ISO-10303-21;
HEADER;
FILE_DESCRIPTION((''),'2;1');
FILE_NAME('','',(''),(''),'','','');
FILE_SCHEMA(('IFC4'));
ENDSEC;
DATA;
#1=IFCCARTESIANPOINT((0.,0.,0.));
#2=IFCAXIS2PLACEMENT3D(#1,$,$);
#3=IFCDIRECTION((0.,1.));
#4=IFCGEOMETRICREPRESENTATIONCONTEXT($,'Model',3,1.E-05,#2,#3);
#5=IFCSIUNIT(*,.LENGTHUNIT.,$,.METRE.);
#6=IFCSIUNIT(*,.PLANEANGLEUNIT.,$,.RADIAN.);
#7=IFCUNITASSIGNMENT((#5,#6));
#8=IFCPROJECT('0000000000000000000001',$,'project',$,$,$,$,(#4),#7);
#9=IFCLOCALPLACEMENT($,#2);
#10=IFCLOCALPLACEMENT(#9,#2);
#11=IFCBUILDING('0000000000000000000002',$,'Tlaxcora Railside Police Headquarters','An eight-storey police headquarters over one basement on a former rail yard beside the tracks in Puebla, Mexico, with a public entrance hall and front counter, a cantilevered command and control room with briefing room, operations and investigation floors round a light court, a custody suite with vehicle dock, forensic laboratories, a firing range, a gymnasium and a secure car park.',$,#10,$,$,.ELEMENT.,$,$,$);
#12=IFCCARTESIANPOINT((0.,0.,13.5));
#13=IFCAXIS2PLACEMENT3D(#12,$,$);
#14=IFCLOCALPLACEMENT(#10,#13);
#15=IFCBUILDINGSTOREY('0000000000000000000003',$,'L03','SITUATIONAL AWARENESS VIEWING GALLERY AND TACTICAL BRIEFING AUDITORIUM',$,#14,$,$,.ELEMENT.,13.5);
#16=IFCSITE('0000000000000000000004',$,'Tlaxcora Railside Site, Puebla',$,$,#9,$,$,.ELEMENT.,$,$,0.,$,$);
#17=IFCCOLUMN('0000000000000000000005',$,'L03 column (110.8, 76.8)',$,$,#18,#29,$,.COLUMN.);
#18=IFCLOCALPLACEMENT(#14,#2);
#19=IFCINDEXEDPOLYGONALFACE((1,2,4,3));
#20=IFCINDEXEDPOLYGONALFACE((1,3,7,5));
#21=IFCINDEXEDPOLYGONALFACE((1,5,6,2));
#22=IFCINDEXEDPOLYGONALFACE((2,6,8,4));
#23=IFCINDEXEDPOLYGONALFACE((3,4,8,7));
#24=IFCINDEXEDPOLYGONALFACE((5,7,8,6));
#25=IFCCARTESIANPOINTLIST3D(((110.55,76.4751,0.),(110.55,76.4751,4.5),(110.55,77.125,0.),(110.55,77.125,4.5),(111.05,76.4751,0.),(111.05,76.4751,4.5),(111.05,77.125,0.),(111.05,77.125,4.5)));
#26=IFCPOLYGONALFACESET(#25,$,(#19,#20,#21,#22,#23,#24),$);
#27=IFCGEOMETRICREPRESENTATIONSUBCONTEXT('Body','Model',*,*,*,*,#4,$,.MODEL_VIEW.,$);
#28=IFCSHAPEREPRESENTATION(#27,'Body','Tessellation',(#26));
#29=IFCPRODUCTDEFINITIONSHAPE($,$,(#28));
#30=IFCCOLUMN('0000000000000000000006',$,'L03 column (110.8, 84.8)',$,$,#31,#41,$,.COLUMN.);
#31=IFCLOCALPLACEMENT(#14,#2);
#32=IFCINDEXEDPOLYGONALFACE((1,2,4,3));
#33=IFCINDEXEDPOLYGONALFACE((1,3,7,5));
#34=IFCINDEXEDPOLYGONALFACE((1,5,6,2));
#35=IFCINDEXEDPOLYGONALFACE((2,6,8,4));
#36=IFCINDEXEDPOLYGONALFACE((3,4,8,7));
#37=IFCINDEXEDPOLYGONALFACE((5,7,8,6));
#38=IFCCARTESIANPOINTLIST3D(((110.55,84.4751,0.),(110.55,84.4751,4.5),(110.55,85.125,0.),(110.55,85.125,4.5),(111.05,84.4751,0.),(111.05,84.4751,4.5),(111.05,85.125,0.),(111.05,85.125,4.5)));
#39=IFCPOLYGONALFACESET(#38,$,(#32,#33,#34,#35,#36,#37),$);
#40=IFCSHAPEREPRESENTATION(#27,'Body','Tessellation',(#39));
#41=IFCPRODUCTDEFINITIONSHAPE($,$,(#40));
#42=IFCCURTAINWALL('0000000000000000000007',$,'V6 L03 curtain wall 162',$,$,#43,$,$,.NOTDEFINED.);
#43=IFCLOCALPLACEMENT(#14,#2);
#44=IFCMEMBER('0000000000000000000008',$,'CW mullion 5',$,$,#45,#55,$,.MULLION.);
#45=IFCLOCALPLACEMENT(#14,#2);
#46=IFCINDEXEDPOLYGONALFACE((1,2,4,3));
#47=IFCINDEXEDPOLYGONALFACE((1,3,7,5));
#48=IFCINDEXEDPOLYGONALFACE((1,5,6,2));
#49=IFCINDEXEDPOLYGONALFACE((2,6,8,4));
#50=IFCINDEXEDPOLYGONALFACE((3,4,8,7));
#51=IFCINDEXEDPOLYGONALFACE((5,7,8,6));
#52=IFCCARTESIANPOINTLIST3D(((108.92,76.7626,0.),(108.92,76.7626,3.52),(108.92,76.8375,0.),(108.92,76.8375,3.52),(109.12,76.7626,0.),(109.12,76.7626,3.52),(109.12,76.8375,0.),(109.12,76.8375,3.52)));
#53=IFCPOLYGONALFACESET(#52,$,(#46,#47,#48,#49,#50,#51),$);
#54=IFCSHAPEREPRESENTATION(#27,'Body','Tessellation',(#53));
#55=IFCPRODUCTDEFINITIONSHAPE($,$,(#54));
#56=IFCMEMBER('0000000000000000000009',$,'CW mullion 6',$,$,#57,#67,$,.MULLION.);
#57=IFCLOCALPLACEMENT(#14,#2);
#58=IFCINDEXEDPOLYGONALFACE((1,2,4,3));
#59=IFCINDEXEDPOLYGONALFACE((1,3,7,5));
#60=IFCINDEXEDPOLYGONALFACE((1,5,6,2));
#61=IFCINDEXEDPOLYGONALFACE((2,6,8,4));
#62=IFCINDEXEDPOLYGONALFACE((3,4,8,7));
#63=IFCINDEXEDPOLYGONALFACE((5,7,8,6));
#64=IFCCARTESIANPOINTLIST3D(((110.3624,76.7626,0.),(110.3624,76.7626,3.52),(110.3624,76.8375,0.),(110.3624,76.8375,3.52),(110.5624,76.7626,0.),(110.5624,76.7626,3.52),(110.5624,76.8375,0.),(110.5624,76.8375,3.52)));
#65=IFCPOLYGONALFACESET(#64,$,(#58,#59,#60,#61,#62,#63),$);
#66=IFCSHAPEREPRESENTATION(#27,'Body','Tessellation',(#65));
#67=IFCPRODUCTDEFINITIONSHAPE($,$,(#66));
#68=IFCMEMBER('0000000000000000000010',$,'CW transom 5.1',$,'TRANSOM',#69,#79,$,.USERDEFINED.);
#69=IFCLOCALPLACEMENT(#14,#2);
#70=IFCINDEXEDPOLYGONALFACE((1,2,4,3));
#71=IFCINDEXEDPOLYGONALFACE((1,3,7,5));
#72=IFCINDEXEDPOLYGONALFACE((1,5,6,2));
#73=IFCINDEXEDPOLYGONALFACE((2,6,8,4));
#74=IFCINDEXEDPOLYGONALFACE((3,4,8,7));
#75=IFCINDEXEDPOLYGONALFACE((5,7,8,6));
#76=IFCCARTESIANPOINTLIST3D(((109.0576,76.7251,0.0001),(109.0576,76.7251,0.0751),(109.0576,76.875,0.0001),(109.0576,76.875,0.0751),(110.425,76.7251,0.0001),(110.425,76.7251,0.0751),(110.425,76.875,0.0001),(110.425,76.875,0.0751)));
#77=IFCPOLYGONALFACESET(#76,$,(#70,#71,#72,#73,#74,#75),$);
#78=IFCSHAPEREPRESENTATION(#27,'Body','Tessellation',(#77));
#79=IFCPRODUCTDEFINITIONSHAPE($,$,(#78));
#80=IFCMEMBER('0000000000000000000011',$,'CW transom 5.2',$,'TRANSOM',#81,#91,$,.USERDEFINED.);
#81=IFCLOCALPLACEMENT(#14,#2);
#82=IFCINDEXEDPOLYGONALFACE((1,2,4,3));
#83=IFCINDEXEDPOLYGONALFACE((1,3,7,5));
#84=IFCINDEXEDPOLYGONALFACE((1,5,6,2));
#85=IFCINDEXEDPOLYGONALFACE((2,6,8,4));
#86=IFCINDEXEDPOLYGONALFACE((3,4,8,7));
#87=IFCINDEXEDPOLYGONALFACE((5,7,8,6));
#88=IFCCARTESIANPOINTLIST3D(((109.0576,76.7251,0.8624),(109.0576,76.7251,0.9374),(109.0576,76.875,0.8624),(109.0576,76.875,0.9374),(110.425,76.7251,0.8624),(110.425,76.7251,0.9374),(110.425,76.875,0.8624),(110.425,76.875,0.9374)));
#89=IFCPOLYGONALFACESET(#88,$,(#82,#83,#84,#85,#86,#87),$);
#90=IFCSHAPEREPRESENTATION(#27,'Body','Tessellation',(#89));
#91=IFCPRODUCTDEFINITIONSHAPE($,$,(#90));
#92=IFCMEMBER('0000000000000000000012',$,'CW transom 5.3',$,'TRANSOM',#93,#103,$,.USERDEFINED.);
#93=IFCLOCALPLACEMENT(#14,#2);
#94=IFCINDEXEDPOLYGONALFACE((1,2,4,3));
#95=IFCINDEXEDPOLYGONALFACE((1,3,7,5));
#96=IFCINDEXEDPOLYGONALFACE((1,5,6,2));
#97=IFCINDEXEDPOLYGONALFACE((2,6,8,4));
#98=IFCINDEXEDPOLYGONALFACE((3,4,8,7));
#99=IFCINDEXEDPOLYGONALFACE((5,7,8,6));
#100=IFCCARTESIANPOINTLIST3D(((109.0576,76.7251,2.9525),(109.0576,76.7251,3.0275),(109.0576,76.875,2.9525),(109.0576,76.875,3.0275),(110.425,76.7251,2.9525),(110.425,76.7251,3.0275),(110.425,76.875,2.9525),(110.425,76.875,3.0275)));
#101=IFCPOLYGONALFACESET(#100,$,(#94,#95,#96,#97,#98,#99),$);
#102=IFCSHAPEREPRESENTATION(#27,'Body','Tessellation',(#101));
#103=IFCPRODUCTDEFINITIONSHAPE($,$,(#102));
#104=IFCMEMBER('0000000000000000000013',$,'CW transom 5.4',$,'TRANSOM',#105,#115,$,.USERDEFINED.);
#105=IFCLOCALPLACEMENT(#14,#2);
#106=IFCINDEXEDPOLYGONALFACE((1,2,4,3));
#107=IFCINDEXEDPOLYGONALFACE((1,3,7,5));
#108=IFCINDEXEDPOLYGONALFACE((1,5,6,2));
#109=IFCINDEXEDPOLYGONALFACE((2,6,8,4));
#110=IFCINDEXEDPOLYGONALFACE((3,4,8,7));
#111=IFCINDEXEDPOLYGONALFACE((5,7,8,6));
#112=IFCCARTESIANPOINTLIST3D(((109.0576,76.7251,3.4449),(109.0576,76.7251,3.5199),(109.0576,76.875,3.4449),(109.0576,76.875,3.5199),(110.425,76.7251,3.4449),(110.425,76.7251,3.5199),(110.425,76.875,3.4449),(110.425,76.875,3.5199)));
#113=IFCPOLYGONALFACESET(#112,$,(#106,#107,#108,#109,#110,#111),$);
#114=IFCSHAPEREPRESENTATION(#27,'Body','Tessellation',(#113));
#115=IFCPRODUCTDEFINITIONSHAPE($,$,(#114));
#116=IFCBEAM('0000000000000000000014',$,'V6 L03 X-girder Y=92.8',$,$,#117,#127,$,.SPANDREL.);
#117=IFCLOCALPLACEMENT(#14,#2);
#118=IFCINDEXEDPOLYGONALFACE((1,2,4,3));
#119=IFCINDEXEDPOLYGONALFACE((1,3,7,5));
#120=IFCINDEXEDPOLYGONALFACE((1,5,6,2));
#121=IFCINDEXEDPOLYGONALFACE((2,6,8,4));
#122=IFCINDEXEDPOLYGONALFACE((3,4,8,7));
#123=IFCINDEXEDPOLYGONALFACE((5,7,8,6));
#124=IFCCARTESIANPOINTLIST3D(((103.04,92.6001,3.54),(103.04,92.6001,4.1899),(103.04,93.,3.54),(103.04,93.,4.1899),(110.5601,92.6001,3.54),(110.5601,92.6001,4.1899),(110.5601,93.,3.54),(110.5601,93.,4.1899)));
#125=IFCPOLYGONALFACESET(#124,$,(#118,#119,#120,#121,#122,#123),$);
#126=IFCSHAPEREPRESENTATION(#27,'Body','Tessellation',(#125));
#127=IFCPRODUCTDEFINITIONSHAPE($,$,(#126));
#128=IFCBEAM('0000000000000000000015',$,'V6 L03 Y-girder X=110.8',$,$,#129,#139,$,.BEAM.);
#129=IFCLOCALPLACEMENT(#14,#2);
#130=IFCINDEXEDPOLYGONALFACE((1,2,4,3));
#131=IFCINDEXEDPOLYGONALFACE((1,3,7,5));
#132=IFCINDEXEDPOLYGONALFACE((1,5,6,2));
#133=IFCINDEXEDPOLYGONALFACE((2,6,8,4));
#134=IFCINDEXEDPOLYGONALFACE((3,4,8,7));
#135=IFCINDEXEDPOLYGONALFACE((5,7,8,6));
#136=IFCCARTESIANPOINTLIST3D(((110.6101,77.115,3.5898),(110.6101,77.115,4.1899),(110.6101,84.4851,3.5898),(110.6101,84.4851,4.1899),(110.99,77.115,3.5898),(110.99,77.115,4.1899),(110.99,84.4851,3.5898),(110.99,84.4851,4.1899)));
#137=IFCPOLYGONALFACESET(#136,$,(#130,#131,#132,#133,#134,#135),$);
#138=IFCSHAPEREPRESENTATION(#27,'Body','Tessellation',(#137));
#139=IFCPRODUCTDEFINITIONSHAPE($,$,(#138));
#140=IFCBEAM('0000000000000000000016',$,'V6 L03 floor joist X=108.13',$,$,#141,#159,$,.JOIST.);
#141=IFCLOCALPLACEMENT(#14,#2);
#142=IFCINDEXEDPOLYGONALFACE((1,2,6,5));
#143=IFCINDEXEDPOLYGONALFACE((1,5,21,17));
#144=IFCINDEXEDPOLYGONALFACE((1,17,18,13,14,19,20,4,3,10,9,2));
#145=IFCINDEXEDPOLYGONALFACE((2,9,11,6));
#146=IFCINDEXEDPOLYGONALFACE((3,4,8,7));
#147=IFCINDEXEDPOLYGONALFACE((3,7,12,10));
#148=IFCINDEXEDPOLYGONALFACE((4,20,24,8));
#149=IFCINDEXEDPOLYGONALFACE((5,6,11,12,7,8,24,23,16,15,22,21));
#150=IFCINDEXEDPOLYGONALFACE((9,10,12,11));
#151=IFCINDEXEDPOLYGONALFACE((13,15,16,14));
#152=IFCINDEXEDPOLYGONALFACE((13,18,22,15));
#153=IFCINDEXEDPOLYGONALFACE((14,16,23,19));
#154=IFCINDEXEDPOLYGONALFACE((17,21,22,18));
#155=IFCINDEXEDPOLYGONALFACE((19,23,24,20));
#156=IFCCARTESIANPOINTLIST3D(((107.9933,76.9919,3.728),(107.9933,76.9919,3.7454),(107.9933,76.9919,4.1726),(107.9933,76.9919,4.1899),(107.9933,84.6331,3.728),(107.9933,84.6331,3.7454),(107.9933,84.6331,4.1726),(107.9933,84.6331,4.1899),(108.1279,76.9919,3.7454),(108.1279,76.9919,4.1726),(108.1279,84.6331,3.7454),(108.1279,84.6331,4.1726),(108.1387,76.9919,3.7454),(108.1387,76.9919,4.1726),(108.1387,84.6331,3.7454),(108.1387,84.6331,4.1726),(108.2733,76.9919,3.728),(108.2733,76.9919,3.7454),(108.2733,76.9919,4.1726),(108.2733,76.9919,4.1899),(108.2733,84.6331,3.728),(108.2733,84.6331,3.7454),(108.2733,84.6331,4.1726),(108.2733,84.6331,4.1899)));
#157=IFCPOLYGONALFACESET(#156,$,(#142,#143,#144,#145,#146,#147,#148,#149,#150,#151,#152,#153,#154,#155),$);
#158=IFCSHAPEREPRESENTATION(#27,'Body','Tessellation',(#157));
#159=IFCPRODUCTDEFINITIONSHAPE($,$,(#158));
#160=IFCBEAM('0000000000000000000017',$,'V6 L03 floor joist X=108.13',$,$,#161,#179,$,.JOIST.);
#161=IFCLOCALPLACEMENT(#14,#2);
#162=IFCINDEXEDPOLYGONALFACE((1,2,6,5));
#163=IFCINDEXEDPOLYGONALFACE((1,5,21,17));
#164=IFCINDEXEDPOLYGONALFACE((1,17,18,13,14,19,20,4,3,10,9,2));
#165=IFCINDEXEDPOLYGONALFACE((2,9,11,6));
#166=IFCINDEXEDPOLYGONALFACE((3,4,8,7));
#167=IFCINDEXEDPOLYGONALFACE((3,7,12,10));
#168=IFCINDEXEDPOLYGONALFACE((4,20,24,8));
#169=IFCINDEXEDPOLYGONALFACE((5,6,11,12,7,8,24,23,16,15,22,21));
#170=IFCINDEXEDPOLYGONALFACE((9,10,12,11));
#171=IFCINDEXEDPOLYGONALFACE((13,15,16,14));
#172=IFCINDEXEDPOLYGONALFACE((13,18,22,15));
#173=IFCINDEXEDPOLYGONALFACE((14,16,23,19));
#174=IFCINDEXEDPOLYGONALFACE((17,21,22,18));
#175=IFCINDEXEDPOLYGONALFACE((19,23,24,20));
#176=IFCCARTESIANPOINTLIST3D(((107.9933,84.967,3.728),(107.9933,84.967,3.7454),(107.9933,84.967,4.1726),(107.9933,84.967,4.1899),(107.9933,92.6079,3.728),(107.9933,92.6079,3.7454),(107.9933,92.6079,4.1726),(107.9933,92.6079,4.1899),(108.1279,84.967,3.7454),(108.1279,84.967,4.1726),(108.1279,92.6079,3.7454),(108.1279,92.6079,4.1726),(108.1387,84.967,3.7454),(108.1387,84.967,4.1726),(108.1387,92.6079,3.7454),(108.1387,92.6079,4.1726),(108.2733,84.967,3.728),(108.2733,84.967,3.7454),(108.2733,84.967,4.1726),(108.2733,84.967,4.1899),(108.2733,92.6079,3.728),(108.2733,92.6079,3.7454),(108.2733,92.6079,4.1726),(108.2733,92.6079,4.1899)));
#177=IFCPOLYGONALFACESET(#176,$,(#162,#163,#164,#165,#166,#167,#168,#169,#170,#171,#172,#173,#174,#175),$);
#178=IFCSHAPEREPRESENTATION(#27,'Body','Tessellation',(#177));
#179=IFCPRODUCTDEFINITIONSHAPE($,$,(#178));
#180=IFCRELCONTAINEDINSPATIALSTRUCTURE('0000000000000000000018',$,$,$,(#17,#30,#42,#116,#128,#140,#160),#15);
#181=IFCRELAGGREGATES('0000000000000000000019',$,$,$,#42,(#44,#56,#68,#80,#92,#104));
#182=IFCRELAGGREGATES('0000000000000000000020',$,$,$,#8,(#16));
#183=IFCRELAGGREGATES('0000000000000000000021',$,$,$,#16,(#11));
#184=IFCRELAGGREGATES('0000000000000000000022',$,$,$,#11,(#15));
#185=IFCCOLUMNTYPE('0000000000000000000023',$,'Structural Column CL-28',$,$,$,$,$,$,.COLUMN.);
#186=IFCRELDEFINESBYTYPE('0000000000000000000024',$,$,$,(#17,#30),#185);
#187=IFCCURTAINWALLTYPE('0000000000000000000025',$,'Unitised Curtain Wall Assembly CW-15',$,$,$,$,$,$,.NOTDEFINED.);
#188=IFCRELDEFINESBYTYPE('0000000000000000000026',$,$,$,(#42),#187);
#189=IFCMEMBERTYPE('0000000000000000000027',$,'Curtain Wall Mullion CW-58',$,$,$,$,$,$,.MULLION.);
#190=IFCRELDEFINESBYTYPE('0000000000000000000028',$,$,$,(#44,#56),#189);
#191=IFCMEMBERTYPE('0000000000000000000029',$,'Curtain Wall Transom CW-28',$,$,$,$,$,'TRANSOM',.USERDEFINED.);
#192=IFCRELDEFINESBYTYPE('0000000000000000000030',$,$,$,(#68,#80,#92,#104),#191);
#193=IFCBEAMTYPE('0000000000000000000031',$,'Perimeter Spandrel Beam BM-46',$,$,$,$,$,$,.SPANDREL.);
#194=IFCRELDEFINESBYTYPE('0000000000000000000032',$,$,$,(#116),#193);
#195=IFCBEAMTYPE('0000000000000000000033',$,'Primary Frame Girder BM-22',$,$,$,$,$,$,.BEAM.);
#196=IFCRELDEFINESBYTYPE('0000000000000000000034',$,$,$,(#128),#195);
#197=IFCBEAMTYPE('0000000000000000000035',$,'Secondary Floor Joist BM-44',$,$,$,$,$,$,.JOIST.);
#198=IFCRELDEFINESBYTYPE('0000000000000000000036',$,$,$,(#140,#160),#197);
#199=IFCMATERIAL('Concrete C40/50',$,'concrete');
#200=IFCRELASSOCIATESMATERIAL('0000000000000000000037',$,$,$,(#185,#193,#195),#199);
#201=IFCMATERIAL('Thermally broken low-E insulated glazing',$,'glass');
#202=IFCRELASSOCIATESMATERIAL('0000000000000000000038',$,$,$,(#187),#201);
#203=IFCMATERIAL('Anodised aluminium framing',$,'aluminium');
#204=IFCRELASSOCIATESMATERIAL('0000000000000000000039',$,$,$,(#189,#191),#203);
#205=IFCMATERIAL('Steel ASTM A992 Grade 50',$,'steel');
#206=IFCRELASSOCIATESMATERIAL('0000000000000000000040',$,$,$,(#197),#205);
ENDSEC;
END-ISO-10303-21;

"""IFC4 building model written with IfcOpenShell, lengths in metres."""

from ifc_helpers import new_model, si_unit, direction, frame, origin, origin_2d, place, context, subcontext, project, spatial, rectangle, i_section, extrude, material, material_profile, profile_set, type_object, element, aggregate, save


model = new_model("IFC4")

# Units and contexts
model_context = context("Model", 3, precision=1e-05, world=origin(), true_north=direction((0.0, 1.0)))
body_context = subcontext(model_context, "Body", "Model", "MODEL_VIEW")
ifc_project = project(units=[si_unit("LENGTHUNIT", "METRE"), si_unit("PLANEANGLEUNIT", "RADIAN")], contexts=[model_context])

# Site, building, storey
site_placement = place(None, origin())
site = spatial("IfcSite", under=ifc_project, at=site_placement, Name="Tlaxcora Railside Site, Puebla", CompositionType="ELEMENT", RefElevation=0.0)
building_placement = place(site_placement, origin())
building = spatial("IfcBuilding", under=site, at=building_placement, Name="Tlaxcora Railside Police Headquarters", Description="An eight-storey police headquarters over one basement on a former rail yard beside the tracks in Puebla, Mexico, with a public entrance hall and front counter, a cantilevered command and control room with briefing room, operations and investigation floors round a light court, a custody suite with vehicle dock, forensic laboratories, a firing range, a gymnasium and a secure car park.", CompositionType="ELEMENT")
storey_placement = place(building_placement, frame((0.0, 0.0, 13.5)))
storey = spatial("IfcBuildingStorey", under=building, at=storey_placement, Name="L03", Description="SITUATIONAL AWARENESS VIEWING GALLERY AND TACTICAL BRIEFING AUDITORIUM", CompositionType="ELEMENT", Elevation=13.5)

# Columns
ifc_material_1 = material(Name="Concrete C40/50", Category="concrete")
ifc_material_profile_1 = material_profile(ifc_material_1, rectangle(XDim=0.5, YDim=0.6499, at=origin_2d()), Name="RC500X650")
ifc_profile_set_1 = profile_set([ifc_material_profile_1], Name="Concrete C40/50")
column_type = type_object("IfcColumnType", Name="Structural Column CL-28", PredefinedType="COLUMN", material=ifc_profile_set_1)
for number, where, z_axis, x_axis, name in (
    (1, (110.8, 76.8, 0.0), (0.0, 0.0, 1.0), (1.0, 0.0, 0.0), "L03 column (110.8, 76.8)"),
    (2, (110.8, 84.8, 0.0), (0.0, 0.0, 1.0), (1.0, 0.0, 0.0), "L03 column (110.8, 84.8)"),
):
    element("IfcColumn", number, at=place(storey_placement, frame(where, z_axis=z_axis, x_axis=x_axis)), inside=storey, type_object=column_type, Name=name, PredefinedType="COLUMN", context=body_context, shape_type="SweptSolid", body=[
        extrude(rectangle(XDim=0.5, YDim=0.6499, at=origin_2d()), origin(), (0.0, 0.0, 1.0), 4.5),
    ])

# Curtain wall, members
ifc_material_2 = material(Name="Thermally broken low-E insulated glazing", Category="glass")
curtain_wall_type = type_object("IfcCurtainWallType", Name="Unitised Curtain Wall Assembly CW-15", PredefinedType="NOTDEFINED", material=ifc_material_2)
curtain_wall_placement = place(storey_placement, origin())
curtain_wall = element("IfcCurtainWall", 3, at=curtain_wall_placement, inside=storey, type_object=curtain_wall_type, Name="V6 L03 curtain wall 162", PredefinedType="NOTDEFINED")
ifc_material_3 = material(Name="Anodised aluminium framing", Category="aluminium")
ifc_material_profile_2 = material_profile(ifc_material_3, rectangle(XDim=0.075, YDim=0.2, at=origin_2d()), Name="AL75X200")
ifc_profile_set_2 = profile_set([ifc_material_profile_2], Name="Anodised aluminium framing")
member_type_1 = type_object("IfcMemberType", Name="Curtain Wall Mullion CW-58", PredefinedType="MULLION", material=ifc_profile_set_2)
member_1_placement = place(storey_placement, frame((109.02, 76.8, 0.0), z_axis=(0.0, 0.0, 1.0), x_axis=(0.0, 1.0, 0.0)))
member_1 = element("IfcMember", 4, at=member_1_placement, type_object=member_type_1, Name="CW mullion 5", PredefinedType="MULLION", context=body_context, shape_type="SweptSolid", body=[
    extrude(rectangle(XDim=0.075, YDim=0.2, at=origin_2d()), origin(), (0.0, 0.0, 1.0), 3.52),
])
member_2_placement = place(storey_placement, frame((110.4624, 76.8, 0.0), z_axis=(0.0, 0.0, 1.0), x_axis=(0.0, 1.0, 0.0)))
member_2 = element("IfcMember", 5, at=member_2_placement, type_object=member_type_1, Name="CW mullion 6", PredefinedType="MULLION", context=body_context, shape_type="SweptSolid", body=[
    extrude(rectangle(XDim=0.075, YDim=0.2, at=origin_2d()), origin(), (0.0, 0.0, 1.0), 3.52),
])
ifc_material_profile_3 = material_profile(ifc_material_3, rectangle(XDim=0.1499, YDim=0.075, at=origin_2d()), Name="AL75X150")
ifc_profile_set_3 = profile_set([ifc_material_profile_3], Name="Anodised aluminium framing")
member_type_2 = type_object("IfcMemberType", Name="Curtain Wall Transom CW-28", ElementType="TRANSOM", PredefinedType="USERDEFINED", material=ifc_profile_set_3)
member_3_placement = place(storey_placement, frame((109.0576, 76.8, 0.0376), z_axis=(1.0, 0.0, 0.0), x_axis=(0.0, 1.0, 0.0)))
member_3 = element("IfcMember", 6, at=member_3_placement, type_object=member_type_2, Name="CW transom 5.1", ObjectType="TRANSOM", PredefinedType="USERDEFINED", context=body_context, shape_type="SweptSolid", body=[
    extrude(rectangle(XDim=0.1499, YDim=0.075, at=origin_2d()), origin(), (0.0, 0.0, 1.0), 1.3674),
])
member_4_placement = place(storey_placement, frame((109.0576, 76.8, 0.8999), z_axis=(1.0, 0.0, 0.0), x_axis=(0.0, 1.0, 0.0)))
member_4 = element("IfcMember", 7, at=member_4_placement, type_object=member_type_2, Name="CW transom 5.2", ObjectType="TRANSOM", PredefinedType="USERDEFINED", context=body_context, shape_type="SweptSolid", body=[
    extrude(rectangle(XDim=0.1499, YDim=0.075, at=origin_2d()), origin(), (0.0, 0.0, 1.0), 1.3674),
])
member_5_placement = place(storey_placement, frame((109.0576, 76.8, 2.99), z_axis=(1.0, 0.0, 0.0), x_axis=(0.0, 1.0, 0.0)))
member_5 = element("IfcMember", 8, at=member_5_placement, type_object=member_type_2, Name="CW transom 5.3", ObjectType="TRANSOM", PredefinedType="USERDEFINED", context=body_context, shape_type="SweptSolid", body=[
    extrude(rectangle(XDim=0.1499, YDim=0.075, at=origin_2d()), origin(), (0.0, 0.0, 1.0), 1.3674),
])
member_6_placement = place(storey_placement, frame((109.0576, 76.8, 3.4824), z_axis=(1.0, 0.0, 0.0), x_axis=(0.0, 1.0, 0.0)))
member_6 = element("IfcMember", 9, at=member_6_placement, type_object=member_type_2, Name="CW transom 5.4", ObjectType="TRANSOM", PredefinedType="USERDEFINED", context=body_context, shape_type="SweptSolid", body=[
    extrude(rectangle(XDim=0.1499, YDim=0.075, at=origin_2d()), origin(), (0.0, 0.0, 1.0), 1.3674),
])

# Beams
ifc_material_profile_4 = material_profile(ifc_material_1, rectangle(XDim=0.3999, YDim=0.6499, at=origin_2d()), Name="RC400X650")
ifc_profile_set_4 = profile_set([ifc_material_profile_4], Name="Concrete C40/50")
beam_type_1 = type_object("IfcBeamType", Name="Perimeter Spandrel Beam BM-46", PredefinedType="SPANDREL", material=ifc_profile_set_4)
beam_1_placement = place(storey_placement, frame((103.04, 92.8, 3.865), z_axis=(1.0, 0.0, 0.0), x_axis=(0.0, 1.0, 0.0)))
element("IfcBeam", 10, at=beam_1_placement, inside=storey, type_object=beam_type_1, Name="V6 L03 X-girder Y=92.8", PredefinedType="SPANDREL", context=body_context, shape_type="SweptSolid", body=[
    extrude(rectangle(XDim=0.3999, YDim=0.6499, at=origin_2d()), origin(), (0.0, 0.0, 1.0), 7.52),
])
ifc_material_profile_5 = material_profile(ifc_material_1, rectangle(XDim=0.3799, YDim=0.6001, at=origin_2d()), Name="RC380X600")
ifc_profile_set_5 = profile_set([ifc_material_profile_5], Name="Concrete C40/50")
beam_type_2 = type_object("IfcBeamType", Name="Primary Frame Girder BM-22", PredefinedType="BEAM", material=ifc_profile_set_5)
beam_2_placement = place(storey_placement, frame((110.8, 77.115, 3.8899), z_axis=(0.0, 1.0, 0.0), x_axis=(-1.0, 0.0, 0.0)))
element("IfcBeam", 11, at=beam_2_placement, inside=storey, type_object=beam_type_2, Name="V6 L03 Y-girder X=110.8", PredefinedType="BEAM", context=body_context, shape_type="SweptSolid", body=[
    extrude(rectangle(XDim=0.3799, YDim=0.6001, at=origin_2d()), origin(), (0.0, 0.0, 1.0), 7.3701),
])
ifc_material_4 = material(Name="Steel ASTM A992 Grade 50", Category="steel")
ifc_material_profile_6 = material_profile(ifc_material_4, i_section(OverallWidth=0.28, OverallDepth=0.4619, WebThickness=0.0107, FlangeThickness=0.0173, at=origin_2d()), Name="W18X76")
ifc_profile_set_6 = profile_set([ifc_material_profile_6], Name="Steel ASTM A992 Grade 50")
beam_type_3 = type_object("IfcBeamType", Name="Secondary Floor Joist BM-44", PredefinedType="JOIST", material=ifc_profile_set_6)
beam_3_placement = place(storey_placement, frame((108.1333, 76.9919, 3.959), z_axis=(0.0, 1.0, 0.0), x_axis=(-1.0, 0.0, 0.0)))
element("IfcBeam", 12, at=beam_3_placement, inside=storey, type_object=beam_type_3, Name="V6 L03 floor joist X=108.13", PredefinedType="JOIST", context=body_context, shape_type="SweptSolid", body=[
    extrude(i_section(OverallWidth=0.28, OverallDepth=0.4619, WebThickness=0.0107, FlangeThickness=0.0173, at=origin_2d()), origin(), (0.0, 0.0, 1.0), 7.6411),
])
beam_4_placement = place(storey_placement, frame((108.1333, 84.967, 3.959), z_axis=(0.0, 1.0, 0.0), x_axis=(-1.0, 0.0, 0.0)))
element("IfcBeam", 13, at=beam_4_placement, inside=storey, type_object=beam_type_3, Name="V6 L03 floor joist X=108.13", PredefinedType="JOIST", context=body_context, shape_type="SweptSolid", body=[
    extrude(i_section(OverallWidth=0.28, OverallDepth=0.4619, WebThickness=0.0107, FlangeThickness=0.0173, at=origin_2d()), origin(), (0.0, 0.0, 1.0), 7.6409),
])

aggregate(curtain_wall, [member_1, member_2, member_3, member_4, member_5, member_6])

save(model, "model.ifc")
